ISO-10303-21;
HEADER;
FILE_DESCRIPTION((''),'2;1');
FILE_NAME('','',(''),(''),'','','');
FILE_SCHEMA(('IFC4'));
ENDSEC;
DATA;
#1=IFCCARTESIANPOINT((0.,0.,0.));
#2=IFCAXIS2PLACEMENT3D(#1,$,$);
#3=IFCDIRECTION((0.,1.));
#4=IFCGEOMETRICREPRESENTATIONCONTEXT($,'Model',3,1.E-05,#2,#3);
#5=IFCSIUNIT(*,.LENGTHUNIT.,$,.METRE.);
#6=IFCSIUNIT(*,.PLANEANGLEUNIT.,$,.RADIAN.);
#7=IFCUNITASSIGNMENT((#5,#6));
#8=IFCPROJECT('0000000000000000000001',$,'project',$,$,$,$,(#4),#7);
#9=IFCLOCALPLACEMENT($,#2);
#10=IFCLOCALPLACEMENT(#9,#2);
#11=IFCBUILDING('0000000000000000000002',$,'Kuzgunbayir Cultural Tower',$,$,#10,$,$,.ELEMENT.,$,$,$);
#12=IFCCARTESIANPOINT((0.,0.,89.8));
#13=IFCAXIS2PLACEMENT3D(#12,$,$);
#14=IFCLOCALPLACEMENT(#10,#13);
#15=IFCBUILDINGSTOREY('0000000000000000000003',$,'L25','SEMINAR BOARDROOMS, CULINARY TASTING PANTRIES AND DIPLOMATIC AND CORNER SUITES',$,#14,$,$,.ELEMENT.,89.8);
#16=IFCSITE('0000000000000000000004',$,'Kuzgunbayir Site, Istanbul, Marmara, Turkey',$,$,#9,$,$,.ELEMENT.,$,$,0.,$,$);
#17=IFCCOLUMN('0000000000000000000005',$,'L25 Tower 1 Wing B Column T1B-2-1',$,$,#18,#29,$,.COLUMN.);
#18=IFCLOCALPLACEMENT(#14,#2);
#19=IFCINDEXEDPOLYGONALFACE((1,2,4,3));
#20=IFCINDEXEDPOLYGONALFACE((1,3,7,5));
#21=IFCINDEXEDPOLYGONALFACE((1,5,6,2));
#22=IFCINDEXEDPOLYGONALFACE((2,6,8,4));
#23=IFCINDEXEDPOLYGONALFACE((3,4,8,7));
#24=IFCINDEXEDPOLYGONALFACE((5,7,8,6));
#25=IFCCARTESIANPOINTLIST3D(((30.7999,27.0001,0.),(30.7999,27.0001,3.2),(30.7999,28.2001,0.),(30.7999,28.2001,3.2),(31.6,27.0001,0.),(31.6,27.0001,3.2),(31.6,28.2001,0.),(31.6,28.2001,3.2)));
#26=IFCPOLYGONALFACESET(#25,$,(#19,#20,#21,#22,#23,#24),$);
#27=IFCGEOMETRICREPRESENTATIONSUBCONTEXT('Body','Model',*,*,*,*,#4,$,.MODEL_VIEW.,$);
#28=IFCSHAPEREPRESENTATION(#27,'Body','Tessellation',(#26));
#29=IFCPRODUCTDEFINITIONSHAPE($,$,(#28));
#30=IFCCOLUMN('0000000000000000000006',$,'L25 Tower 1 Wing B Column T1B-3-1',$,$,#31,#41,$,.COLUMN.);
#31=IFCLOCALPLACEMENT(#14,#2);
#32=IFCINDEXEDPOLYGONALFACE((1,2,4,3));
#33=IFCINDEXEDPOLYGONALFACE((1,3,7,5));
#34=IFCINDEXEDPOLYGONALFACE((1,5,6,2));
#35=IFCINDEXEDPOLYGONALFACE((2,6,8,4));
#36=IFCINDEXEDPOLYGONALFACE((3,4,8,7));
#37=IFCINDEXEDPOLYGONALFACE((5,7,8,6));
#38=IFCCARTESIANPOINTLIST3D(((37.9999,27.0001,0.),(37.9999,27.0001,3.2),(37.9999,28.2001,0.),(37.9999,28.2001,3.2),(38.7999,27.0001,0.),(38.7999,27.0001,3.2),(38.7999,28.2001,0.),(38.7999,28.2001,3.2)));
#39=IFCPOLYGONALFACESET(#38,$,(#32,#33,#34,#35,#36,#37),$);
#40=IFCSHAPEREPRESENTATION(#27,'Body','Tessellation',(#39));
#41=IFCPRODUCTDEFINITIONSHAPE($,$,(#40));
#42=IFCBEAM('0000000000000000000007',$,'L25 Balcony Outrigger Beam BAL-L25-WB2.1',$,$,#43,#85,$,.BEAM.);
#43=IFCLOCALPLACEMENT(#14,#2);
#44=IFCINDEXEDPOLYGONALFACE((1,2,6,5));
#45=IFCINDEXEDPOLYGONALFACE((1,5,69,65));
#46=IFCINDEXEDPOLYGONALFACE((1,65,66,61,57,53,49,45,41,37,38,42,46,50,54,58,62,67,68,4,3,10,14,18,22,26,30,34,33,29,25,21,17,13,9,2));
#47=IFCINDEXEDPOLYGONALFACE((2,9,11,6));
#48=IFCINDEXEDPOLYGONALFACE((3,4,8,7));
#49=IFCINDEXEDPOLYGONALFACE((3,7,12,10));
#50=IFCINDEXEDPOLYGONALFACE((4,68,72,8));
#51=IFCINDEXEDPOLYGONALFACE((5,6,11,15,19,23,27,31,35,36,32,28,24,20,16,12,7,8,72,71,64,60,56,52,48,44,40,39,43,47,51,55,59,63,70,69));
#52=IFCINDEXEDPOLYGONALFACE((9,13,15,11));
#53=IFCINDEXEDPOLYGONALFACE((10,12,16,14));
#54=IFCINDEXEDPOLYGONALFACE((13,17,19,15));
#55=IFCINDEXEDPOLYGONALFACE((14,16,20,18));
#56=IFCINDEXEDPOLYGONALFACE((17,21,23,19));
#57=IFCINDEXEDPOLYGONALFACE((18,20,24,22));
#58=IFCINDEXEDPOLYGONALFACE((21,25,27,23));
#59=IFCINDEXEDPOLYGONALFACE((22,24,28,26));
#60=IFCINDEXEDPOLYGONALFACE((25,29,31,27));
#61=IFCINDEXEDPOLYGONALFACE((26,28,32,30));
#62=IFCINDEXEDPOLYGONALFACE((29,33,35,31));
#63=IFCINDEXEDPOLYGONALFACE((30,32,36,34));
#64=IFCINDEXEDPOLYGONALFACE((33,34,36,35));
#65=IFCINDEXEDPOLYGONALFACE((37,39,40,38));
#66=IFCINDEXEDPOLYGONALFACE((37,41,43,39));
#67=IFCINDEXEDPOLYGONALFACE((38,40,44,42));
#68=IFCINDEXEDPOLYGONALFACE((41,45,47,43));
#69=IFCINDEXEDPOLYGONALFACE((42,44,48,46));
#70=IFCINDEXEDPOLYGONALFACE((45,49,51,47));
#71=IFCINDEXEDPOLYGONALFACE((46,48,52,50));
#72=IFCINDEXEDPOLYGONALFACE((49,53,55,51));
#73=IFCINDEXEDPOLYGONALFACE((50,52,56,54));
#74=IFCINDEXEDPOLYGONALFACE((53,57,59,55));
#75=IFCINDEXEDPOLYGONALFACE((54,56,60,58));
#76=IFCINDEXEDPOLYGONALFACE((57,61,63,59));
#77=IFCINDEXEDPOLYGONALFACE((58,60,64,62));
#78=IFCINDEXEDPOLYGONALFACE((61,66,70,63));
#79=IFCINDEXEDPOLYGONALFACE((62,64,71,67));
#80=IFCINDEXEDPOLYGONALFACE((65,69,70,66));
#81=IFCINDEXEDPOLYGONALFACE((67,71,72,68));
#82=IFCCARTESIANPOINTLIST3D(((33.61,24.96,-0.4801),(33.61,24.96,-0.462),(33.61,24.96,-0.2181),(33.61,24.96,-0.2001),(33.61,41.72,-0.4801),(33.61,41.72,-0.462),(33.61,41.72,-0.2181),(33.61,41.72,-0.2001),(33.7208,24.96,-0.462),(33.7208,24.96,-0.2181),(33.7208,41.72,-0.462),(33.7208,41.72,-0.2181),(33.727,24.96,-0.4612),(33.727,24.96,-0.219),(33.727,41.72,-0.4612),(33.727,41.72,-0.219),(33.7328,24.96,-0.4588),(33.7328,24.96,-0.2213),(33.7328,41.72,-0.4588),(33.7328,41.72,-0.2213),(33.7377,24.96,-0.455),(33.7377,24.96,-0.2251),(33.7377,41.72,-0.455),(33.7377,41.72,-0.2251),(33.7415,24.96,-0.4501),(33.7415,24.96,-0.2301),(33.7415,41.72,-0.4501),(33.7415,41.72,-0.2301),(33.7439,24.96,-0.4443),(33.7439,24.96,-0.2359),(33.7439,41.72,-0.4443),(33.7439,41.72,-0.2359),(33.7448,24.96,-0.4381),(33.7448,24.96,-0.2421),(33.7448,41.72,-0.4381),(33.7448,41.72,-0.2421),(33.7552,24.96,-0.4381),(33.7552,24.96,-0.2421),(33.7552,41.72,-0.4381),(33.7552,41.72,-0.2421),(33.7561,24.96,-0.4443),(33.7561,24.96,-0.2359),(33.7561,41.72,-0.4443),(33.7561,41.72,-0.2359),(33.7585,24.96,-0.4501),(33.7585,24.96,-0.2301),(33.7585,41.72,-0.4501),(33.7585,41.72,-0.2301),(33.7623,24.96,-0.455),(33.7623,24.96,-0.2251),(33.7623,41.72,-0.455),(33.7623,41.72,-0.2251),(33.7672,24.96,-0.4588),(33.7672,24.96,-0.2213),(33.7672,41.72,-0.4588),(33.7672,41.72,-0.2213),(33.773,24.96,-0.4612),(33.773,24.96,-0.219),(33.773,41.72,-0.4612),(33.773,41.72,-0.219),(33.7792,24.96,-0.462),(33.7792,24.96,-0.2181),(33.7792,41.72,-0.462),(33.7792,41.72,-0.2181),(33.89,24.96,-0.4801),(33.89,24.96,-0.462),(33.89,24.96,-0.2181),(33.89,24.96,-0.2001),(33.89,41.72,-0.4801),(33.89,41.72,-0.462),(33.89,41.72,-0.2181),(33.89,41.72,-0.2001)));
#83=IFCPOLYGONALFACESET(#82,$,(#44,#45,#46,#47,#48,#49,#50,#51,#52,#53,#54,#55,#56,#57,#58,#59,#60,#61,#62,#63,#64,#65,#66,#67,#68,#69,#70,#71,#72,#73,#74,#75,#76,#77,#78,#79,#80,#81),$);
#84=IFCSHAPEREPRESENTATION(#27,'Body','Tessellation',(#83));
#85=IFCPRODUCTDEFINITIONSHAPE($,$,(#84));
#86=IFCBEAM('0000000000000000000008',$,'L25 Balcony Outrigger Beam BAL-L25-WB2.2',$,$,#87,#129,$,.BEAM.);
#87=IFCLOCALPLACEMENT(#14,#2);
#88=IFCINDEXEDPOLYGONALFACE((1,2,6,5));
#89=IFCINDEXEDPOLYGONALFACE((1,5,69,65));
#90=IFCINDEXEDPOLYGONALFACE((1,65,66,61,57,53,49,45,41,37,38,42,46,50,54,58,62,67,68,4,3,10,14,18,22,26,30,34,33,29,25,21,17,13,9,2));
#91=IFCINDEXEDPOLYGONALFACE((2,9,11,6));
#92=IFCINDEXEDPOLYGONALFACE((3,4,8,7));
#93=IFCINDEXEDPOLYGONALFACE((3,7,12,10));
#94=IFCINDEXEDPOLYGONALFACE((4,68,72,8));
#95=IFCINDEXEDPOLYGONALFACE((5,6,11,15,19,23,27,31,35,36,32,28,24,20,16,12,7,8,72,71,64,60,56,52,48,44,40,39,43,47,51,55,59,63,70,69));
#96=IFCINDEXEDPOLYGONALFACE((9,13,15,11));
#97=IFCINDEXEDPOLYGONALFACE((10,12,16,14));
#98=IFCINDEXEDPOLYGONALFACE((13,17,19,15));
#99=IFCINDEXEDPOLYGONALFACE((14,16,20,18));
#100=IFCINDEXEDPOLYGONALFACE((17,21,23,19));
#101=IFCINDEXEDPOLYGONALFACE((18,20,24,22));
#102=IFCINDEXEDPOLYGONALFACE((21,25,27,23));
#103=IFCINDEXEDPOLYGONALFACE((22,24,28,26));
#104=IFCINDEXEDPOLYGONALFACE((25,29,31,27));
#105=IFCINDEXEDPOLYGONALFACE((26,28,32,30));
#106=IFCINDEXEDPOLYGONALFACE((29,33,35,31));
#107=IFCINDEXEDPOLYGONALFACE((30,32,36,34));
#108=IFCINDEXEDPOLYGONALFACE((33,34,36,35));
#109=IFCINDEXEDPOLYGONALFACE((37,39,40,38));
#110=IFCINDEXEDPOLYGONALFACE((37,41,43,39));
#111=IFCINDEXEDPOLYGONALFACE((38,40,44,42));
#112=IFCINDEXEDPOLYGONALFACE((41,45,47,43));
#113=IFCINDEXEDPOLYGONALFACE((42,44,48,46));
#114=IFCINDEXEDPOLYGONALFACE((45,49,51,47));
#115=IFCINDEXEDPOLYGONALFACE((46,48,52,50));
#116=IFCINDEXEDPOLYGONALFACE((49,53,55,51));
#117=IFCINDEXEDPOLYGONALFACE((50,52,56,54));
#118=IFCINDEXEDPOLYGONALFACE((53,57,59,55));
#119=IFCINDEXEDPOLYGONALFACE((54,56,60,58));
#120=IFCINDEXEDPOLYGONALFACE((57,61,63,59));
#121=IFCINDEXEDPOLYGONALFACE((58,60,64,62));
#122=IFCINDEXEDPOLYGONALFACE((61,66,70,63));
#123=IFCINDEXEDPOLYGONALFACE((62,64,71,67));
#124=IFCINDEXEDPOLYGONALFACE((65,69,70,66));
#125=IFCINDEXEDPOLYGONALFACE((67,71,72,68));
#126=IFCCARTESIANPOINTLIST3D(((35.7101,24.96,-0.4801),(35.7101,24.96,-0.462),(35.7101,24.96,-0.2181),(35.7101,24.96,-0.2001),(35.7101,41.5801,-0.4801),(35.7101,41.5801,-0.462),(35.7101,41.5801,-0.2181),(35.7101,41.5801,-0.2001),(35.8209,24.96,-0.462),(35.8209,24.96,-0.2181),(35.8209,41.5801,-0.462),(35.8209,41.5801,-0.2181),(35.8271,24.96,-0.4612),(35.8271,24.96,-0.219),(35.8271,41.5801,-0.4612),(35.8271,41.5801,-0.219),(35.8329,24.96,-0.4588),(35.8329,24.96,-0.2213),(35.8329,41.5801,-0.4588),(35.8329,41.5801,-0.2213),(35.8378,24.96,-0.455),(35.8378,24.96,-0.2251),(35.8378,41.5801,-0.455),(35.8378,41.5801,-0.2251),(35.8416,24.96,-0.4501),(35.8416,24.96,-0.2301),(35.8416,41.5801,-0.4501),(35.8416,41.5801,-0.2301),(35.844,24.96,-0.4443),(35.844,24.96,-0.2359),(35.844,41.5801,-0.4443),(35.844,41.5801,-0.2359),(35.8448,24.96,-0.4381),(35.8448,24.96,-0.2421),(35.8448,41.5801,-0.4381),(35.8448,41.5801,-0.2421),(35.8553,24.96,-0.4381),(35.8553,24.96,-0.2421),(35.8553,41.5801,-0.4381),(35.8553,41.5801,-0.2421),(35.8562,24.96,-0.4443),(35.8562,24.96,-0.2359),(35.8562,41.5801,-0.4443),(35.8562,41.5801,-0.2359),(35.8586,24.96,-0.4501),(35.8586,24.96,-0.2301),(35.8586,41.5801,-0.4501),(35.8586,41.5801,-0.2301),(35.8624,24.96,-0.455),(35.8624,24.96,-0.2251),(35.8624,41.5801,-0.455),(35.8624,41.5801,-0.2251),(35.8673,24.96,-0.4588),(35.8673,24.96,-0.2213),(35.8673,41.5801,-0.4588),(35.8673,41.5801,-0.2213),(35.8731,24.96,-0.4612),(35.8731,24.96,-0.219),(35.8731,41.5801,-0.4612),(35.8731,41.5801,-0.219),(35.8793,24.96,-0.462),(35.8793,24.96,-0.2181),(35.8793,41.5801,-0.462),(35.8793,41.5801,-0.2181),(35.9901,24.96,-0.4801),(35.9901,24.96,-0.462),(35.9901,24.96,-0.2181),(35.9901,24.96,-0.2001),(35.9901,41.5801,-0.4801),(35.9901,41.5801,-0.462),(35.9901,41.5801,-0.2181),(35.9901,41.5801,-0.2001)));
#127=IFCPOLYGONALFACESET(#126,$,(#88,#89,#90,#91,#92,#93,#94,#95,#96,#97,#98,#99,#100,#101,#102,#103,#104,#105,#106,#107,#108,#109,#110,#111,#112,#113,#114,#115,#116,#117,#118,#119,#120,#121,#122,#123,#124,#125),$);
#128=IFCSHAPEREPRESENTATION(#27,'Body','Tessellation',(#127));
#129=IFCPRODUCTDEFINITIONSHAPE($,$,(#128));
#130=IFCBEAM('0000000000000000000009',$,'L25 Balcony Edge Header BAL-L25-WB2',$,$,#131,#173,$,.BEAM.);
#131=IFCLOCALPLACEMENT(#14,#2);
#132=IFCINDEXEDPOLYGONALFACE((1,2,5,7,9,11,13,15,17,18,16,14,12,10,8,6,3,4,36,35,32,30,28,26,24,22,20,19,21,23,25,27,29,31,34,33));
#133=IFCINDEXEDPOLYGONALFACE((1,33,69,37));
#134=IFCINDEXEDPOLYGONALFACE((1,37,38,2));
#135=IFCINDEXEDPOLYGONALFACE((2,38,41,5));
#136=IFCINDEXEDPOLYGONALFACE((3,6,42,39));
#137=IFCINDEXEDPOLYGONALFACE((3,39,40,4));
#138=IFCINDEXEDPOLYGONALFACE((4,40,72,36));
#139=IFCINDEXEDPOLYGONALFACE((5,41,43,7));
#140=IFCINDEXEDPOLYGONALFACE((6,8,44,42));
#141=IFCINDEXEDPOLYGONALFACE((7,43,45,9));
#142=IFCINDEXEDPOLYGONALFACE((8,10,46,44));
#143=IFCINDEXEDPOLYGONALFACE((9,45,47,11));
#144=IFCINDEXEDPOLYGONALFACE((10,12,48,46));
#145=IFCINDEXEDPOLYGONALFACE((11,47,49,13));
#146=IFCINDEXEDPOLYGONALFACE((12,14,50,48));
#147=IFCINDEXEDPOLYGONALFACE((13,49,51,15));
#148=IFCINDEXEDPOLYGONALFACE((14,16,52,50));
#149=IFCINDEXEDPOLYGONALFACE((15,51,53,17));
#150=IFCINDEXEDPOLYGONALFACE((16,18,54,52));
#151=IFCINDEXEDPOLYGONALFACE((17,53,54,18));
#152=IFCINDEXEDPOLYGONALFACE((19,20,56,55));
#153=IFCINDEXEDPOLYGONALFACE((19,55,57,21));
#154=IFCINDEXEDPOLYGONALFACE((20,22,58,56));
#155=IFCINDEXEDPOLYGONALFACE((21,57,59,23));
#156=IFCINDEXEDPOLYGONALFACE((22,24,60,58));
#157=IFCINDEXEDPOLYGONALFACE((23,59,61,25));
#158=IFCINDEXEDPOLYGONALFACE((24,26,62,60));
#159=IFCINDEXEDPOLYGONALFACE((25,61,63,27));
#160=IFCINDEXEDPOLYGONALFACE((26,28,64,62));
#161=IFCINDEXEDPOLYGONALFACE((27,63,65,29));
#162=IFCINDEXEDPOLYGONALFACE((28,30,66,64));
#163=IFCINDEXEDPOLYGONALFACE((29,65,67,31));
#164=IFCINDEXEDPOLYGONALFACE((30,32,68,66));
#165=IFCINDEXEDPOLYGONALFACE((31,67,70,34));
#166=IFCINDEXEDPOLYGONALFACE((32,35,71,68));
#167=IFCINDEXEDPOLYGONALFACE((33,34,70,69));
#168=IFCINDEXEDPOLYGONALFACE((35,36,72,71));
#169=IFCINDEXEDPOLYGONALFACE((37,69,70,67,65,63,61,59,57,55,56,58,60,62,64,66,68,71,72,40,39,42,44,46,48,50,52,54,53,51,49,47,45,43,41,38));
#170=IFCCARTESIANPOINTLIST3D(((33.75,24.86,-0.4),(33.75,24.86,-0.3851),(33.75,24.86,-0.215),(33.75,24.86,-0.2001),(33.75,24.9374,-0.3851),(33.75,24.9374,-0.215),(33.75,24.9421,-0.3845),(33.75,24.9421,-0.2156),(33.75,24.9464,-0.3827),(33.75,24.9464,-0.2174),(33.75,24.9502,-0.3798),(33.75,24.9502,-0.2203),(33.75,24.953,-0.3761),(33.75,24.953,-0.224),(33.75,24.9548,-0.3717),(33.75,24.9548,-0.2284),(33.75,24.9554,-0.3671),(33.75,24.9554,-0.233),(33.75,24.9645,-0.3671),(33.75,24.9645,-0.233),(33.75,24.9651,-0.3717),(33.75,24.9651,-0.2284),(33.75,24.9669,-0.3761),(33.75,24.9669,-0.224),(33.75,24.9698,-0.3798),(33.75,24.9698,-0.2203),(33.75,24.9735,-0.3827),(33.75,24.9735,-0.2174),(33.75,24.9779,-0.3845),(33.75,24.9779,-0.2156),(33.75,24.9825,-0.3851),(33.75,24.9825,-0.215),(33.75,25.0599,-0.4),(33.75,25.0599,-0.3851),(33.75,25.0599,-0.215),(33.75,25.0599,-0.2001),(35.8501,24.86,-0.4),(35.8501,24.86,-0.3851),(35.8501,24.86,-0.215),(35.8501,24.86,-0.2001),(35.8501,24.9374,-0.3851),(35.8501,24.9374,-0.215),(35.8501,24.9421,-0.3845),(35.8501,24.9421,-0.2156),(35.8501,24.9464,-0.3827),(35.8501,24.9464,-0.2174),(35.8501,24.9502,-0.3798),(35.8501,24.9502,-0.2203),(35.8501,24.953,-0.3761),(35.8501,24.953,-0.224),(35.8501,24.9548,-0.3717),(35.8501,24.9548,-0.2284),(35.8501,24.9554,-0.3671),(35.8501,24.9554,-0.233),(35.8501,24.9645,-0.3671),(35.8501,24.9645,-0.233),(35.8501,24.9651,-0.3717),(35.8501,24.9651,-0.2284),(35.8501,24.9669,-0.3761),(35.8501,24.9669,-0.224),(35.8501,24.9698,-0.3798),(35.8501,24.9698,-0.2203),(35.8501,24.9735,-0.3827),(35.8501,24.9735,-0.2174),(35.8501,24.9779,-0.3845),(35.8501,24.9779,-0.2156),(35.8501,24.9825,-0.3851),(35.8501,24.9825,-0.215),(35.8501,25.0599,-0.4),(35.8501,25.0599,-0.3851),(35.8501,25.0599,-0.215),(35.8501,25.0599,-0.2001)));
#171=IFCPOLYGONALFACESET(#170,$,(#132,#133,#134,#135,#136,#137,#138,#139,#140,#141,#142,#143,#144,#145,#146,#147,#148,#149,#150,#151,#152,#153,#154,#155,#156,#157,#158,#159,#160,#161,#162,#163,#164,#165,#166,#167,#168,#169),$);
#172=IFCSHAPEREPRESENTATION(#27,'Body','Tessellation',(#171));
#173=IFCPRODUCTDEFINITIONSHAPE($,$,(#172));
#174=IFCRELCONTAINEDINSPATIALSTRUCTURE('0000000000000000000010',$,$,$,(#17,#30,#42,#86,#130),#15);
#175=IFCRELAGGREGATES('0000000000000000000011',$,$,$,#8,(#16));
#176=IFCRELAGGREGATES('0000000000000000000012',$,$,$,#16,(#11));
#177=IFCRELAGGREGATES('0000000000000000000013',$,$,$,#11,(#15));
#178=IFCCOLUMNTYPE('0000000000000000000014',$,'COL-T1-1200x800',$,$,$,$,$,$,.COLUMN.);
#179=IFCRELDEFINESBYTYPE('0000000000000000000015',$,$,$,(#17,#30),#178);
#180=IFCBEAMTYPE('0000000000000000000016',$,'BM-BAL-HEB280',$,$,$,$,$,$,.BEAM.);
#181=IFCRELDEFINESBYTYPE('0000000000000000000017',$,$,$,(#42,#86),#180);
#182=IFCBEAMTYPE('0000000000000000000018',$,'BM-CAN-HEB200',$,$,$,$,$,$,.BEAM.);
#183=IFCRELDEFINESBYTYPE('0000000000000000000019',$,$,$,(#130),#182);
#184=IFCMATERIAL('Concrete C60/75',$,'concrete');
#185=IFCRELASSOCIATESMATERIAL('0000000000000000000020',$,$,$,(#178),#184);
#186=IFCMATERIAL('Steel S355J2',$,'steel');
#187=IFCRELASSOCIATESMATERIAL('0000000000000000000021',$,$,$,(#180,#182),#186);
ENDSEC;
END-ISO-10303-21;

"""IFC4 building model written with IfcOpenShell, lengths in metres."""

from ifc_helpers import new_model, si_unit, direction, frame, origin, origin_2d, place, context, subcontext, project, spatial, rectangle, i_section, extrude, material, material_profile, profile_set, type_object, element, save


model = new_model("IFC4")

# Units and contexts
model_context = context("Model", 3, precision=1e-05, world=origin(), true_north=direction((0.0, 1.0)))
body_context = subcontext(model_context, "Body", "Model", "MODEL_VIEW")
ifc_project = project(units=[si_unit("LENGTHUNIT", "METRE"), si_unit("PLANEANGLEUNIT", "RADIAN")], contexts=[model_context])

# Site, building, storey
site_placement = place(None, origin())
site = spatial("IfcSite", under=ifc_project, at=site_placement, Name="Kuzgunbayir Site, Istanbul, Marmara, Turkey", CompositionType="ELEMENT", RefElevation=0.0)
building_placement = place(site_placement, origin())
building = spatial("IfcBuilding", under=site, at=building_placement, Name="Kuzgunbayir Cultural Tower", CompositionType="ELEMENT")
storey_placement = place(building_placement, frame((0.0, 0.0, 89.8)))
storey = spatial("IfcBuildingStorey", under=building, at=storey_placement, Name="L25", Description="SEMINAR BOARDROOMS, CULINARY TASTING PANTRIES AND DIPLOMATIC AND CORNER SUITES", CompositionType="ELEMENT", Elevation=89.8)

# Columns
ifc_material_1 = material(Name="Concrete C60/75", Category="concrete")
ifc_material_profile_1 = material_profile(ifc_material_1, rectangle(XDim=0.8, YDim=1.2, at=origin_2d()), Name="RC 1200x800")
ifc_profile_set_1 = profile_set([ifc_material_profile_1], Name="Concrete C60/75")
column_type = type_object("IfcColumnType", Name="COL-T1-1200x800", PredefinedType="COLUMN", material=ifc_profile_set_1)
for number, where, z_axis, x_axis, name in (
    (1, (31.2, 27.6001, 0.0), (0.0, 0.0, 1.0), (1.0, 0.0, 0.0), "L25 Tower 1 Wing B Column T1B-2-1"),
    (2, (38.3999, 27.6001, 0.0), (0.0, 0.0, 1.0), (1.0, 0.0, 0.0), "L25 Tower 1 Wing B Column T1B-3-1"),
):
    element("IfcColumn", number, at=place(storey_placement, frame(where, z_axis=z_axis, x_axis=x_axis)), inside=storey, type_object=column_type, Name=name, PredefinedType="COLUMN", context=body_context, shape_type="SweptSolid", body=[
        extrude(rectangle(XDim=0.8, YDim=1.2, at=origin_2d()), origin(), (0.0, 0.0, 1.0), 3.2),
    ])

# Beams
ifc_material_2 = material(Name="Steel S355J2", Category="steel")
ifc_material_profile_2 = material_profile(ifc_material_2, i_section(OverallWidth=0.28, OverallDepth=0.28, WebThickness=0.0105, FlangeThickness=0.0181, FilletRadius=0.0239, at=origin_2d()), Name="HEB 280")
ifc_profile_set_2 = profile_set([ifc_material_profile_2], Name="Steel S355J2")
beam_type_1 = type_object("IfcBeamType", Name="BM-BAL-HEB280", PredefinedType="BEAM", material=ifc_profile_set_2)
beam_1_placement = place(storey_placement, frame((33.75, 24.96, -0.3401), z_axis=(0.0, 1.0, 0.0), x_axis=(-1.0, 0.0, 0.0)))
element("IfcBeam", 3, at=beam_1_placement, inside=storey, type_object=beam_type_1, Name="L25 Balcony Outrigger Beam BAL-L25-WB2.1", PredefinedType="BEAM", context=body_context, shape_type="SweptSolid", body=[
    extrude(i_section(OverallWidth=0.28, OverallDepth=0.28, WebThickness=0.0105, FlangeThickness=0.0181, FilletRadius=0.0239, at=origin_2d()), origin(), (0.0, 0.0, 1.0), 16.76),
])
beam_2_placement = place(storey_placement, frame((35.8501, 24.96, -0.3401), z_axis=(0.0, 1.0, 0.0), x_axis=(-1.0, 0.0, 0.0)))
element("IfcBeam", 4, at=beam_2_placement, inside=storey, type_object=beam_type_1, Name="L25 Balcony Outrigger Beam BAL-L25-WB2.2", PredefinedType="BEAM", context=body_context, shape_type="SweptSolid", body=[
    extrude(i_section(OverallWidth=0.28, OverallDepth=0.28, WebThickness=0.0105, FlangeThickness=0.0181, FilletRadius=0.0239, at=origin_2d()), origin(), (0.0, 0.0, 1.0), 16.6201),
])
ifc_material_profile_3 = material_profile(ifc_material_2, i_section(OverallWidth=0.2, OverallDepth=0.2, WebThickness=0.009, FlangeThickness=0.0149, FilletRadius=0.0181, at=origin_2d()), Name="HEB 200")
ifc_profile_set_3 = profile_set([ifc_material_profile_3], Name="Steel S355J2")
beam_type_2 = type_object("IfcBeamType", Name="BM-CAN-HEB200", PredefinedType="BEAM", material=ifc_profile_set_3)
beam_3_placement = place(storey_placement, frame((33.75, 24.96, -0.3), z_axis=(1.0, 0.0, 0.0), x_axis=(0.0, 1.0, 0.0)))
element("IfcBeam", 5, at=beam_3_placement, inside=storey, type_object=beam_type_2, Name="L25 Balcony Edge Header BAL-L25-WB2", PredefinedType="BEAM", context=body_context, shape_type="SweptSolid", body=[
    extrude(i_section(OverallWidth=0.2, OverallDepth=0.2, WebThickness=0.009, FlangeThickness=0.0149, FilletRadius=0.0181, at=origin_2d()), origin(), (0.0, 0.0, 1.0), 2.1001),
])

save(model, "model.ifc")
